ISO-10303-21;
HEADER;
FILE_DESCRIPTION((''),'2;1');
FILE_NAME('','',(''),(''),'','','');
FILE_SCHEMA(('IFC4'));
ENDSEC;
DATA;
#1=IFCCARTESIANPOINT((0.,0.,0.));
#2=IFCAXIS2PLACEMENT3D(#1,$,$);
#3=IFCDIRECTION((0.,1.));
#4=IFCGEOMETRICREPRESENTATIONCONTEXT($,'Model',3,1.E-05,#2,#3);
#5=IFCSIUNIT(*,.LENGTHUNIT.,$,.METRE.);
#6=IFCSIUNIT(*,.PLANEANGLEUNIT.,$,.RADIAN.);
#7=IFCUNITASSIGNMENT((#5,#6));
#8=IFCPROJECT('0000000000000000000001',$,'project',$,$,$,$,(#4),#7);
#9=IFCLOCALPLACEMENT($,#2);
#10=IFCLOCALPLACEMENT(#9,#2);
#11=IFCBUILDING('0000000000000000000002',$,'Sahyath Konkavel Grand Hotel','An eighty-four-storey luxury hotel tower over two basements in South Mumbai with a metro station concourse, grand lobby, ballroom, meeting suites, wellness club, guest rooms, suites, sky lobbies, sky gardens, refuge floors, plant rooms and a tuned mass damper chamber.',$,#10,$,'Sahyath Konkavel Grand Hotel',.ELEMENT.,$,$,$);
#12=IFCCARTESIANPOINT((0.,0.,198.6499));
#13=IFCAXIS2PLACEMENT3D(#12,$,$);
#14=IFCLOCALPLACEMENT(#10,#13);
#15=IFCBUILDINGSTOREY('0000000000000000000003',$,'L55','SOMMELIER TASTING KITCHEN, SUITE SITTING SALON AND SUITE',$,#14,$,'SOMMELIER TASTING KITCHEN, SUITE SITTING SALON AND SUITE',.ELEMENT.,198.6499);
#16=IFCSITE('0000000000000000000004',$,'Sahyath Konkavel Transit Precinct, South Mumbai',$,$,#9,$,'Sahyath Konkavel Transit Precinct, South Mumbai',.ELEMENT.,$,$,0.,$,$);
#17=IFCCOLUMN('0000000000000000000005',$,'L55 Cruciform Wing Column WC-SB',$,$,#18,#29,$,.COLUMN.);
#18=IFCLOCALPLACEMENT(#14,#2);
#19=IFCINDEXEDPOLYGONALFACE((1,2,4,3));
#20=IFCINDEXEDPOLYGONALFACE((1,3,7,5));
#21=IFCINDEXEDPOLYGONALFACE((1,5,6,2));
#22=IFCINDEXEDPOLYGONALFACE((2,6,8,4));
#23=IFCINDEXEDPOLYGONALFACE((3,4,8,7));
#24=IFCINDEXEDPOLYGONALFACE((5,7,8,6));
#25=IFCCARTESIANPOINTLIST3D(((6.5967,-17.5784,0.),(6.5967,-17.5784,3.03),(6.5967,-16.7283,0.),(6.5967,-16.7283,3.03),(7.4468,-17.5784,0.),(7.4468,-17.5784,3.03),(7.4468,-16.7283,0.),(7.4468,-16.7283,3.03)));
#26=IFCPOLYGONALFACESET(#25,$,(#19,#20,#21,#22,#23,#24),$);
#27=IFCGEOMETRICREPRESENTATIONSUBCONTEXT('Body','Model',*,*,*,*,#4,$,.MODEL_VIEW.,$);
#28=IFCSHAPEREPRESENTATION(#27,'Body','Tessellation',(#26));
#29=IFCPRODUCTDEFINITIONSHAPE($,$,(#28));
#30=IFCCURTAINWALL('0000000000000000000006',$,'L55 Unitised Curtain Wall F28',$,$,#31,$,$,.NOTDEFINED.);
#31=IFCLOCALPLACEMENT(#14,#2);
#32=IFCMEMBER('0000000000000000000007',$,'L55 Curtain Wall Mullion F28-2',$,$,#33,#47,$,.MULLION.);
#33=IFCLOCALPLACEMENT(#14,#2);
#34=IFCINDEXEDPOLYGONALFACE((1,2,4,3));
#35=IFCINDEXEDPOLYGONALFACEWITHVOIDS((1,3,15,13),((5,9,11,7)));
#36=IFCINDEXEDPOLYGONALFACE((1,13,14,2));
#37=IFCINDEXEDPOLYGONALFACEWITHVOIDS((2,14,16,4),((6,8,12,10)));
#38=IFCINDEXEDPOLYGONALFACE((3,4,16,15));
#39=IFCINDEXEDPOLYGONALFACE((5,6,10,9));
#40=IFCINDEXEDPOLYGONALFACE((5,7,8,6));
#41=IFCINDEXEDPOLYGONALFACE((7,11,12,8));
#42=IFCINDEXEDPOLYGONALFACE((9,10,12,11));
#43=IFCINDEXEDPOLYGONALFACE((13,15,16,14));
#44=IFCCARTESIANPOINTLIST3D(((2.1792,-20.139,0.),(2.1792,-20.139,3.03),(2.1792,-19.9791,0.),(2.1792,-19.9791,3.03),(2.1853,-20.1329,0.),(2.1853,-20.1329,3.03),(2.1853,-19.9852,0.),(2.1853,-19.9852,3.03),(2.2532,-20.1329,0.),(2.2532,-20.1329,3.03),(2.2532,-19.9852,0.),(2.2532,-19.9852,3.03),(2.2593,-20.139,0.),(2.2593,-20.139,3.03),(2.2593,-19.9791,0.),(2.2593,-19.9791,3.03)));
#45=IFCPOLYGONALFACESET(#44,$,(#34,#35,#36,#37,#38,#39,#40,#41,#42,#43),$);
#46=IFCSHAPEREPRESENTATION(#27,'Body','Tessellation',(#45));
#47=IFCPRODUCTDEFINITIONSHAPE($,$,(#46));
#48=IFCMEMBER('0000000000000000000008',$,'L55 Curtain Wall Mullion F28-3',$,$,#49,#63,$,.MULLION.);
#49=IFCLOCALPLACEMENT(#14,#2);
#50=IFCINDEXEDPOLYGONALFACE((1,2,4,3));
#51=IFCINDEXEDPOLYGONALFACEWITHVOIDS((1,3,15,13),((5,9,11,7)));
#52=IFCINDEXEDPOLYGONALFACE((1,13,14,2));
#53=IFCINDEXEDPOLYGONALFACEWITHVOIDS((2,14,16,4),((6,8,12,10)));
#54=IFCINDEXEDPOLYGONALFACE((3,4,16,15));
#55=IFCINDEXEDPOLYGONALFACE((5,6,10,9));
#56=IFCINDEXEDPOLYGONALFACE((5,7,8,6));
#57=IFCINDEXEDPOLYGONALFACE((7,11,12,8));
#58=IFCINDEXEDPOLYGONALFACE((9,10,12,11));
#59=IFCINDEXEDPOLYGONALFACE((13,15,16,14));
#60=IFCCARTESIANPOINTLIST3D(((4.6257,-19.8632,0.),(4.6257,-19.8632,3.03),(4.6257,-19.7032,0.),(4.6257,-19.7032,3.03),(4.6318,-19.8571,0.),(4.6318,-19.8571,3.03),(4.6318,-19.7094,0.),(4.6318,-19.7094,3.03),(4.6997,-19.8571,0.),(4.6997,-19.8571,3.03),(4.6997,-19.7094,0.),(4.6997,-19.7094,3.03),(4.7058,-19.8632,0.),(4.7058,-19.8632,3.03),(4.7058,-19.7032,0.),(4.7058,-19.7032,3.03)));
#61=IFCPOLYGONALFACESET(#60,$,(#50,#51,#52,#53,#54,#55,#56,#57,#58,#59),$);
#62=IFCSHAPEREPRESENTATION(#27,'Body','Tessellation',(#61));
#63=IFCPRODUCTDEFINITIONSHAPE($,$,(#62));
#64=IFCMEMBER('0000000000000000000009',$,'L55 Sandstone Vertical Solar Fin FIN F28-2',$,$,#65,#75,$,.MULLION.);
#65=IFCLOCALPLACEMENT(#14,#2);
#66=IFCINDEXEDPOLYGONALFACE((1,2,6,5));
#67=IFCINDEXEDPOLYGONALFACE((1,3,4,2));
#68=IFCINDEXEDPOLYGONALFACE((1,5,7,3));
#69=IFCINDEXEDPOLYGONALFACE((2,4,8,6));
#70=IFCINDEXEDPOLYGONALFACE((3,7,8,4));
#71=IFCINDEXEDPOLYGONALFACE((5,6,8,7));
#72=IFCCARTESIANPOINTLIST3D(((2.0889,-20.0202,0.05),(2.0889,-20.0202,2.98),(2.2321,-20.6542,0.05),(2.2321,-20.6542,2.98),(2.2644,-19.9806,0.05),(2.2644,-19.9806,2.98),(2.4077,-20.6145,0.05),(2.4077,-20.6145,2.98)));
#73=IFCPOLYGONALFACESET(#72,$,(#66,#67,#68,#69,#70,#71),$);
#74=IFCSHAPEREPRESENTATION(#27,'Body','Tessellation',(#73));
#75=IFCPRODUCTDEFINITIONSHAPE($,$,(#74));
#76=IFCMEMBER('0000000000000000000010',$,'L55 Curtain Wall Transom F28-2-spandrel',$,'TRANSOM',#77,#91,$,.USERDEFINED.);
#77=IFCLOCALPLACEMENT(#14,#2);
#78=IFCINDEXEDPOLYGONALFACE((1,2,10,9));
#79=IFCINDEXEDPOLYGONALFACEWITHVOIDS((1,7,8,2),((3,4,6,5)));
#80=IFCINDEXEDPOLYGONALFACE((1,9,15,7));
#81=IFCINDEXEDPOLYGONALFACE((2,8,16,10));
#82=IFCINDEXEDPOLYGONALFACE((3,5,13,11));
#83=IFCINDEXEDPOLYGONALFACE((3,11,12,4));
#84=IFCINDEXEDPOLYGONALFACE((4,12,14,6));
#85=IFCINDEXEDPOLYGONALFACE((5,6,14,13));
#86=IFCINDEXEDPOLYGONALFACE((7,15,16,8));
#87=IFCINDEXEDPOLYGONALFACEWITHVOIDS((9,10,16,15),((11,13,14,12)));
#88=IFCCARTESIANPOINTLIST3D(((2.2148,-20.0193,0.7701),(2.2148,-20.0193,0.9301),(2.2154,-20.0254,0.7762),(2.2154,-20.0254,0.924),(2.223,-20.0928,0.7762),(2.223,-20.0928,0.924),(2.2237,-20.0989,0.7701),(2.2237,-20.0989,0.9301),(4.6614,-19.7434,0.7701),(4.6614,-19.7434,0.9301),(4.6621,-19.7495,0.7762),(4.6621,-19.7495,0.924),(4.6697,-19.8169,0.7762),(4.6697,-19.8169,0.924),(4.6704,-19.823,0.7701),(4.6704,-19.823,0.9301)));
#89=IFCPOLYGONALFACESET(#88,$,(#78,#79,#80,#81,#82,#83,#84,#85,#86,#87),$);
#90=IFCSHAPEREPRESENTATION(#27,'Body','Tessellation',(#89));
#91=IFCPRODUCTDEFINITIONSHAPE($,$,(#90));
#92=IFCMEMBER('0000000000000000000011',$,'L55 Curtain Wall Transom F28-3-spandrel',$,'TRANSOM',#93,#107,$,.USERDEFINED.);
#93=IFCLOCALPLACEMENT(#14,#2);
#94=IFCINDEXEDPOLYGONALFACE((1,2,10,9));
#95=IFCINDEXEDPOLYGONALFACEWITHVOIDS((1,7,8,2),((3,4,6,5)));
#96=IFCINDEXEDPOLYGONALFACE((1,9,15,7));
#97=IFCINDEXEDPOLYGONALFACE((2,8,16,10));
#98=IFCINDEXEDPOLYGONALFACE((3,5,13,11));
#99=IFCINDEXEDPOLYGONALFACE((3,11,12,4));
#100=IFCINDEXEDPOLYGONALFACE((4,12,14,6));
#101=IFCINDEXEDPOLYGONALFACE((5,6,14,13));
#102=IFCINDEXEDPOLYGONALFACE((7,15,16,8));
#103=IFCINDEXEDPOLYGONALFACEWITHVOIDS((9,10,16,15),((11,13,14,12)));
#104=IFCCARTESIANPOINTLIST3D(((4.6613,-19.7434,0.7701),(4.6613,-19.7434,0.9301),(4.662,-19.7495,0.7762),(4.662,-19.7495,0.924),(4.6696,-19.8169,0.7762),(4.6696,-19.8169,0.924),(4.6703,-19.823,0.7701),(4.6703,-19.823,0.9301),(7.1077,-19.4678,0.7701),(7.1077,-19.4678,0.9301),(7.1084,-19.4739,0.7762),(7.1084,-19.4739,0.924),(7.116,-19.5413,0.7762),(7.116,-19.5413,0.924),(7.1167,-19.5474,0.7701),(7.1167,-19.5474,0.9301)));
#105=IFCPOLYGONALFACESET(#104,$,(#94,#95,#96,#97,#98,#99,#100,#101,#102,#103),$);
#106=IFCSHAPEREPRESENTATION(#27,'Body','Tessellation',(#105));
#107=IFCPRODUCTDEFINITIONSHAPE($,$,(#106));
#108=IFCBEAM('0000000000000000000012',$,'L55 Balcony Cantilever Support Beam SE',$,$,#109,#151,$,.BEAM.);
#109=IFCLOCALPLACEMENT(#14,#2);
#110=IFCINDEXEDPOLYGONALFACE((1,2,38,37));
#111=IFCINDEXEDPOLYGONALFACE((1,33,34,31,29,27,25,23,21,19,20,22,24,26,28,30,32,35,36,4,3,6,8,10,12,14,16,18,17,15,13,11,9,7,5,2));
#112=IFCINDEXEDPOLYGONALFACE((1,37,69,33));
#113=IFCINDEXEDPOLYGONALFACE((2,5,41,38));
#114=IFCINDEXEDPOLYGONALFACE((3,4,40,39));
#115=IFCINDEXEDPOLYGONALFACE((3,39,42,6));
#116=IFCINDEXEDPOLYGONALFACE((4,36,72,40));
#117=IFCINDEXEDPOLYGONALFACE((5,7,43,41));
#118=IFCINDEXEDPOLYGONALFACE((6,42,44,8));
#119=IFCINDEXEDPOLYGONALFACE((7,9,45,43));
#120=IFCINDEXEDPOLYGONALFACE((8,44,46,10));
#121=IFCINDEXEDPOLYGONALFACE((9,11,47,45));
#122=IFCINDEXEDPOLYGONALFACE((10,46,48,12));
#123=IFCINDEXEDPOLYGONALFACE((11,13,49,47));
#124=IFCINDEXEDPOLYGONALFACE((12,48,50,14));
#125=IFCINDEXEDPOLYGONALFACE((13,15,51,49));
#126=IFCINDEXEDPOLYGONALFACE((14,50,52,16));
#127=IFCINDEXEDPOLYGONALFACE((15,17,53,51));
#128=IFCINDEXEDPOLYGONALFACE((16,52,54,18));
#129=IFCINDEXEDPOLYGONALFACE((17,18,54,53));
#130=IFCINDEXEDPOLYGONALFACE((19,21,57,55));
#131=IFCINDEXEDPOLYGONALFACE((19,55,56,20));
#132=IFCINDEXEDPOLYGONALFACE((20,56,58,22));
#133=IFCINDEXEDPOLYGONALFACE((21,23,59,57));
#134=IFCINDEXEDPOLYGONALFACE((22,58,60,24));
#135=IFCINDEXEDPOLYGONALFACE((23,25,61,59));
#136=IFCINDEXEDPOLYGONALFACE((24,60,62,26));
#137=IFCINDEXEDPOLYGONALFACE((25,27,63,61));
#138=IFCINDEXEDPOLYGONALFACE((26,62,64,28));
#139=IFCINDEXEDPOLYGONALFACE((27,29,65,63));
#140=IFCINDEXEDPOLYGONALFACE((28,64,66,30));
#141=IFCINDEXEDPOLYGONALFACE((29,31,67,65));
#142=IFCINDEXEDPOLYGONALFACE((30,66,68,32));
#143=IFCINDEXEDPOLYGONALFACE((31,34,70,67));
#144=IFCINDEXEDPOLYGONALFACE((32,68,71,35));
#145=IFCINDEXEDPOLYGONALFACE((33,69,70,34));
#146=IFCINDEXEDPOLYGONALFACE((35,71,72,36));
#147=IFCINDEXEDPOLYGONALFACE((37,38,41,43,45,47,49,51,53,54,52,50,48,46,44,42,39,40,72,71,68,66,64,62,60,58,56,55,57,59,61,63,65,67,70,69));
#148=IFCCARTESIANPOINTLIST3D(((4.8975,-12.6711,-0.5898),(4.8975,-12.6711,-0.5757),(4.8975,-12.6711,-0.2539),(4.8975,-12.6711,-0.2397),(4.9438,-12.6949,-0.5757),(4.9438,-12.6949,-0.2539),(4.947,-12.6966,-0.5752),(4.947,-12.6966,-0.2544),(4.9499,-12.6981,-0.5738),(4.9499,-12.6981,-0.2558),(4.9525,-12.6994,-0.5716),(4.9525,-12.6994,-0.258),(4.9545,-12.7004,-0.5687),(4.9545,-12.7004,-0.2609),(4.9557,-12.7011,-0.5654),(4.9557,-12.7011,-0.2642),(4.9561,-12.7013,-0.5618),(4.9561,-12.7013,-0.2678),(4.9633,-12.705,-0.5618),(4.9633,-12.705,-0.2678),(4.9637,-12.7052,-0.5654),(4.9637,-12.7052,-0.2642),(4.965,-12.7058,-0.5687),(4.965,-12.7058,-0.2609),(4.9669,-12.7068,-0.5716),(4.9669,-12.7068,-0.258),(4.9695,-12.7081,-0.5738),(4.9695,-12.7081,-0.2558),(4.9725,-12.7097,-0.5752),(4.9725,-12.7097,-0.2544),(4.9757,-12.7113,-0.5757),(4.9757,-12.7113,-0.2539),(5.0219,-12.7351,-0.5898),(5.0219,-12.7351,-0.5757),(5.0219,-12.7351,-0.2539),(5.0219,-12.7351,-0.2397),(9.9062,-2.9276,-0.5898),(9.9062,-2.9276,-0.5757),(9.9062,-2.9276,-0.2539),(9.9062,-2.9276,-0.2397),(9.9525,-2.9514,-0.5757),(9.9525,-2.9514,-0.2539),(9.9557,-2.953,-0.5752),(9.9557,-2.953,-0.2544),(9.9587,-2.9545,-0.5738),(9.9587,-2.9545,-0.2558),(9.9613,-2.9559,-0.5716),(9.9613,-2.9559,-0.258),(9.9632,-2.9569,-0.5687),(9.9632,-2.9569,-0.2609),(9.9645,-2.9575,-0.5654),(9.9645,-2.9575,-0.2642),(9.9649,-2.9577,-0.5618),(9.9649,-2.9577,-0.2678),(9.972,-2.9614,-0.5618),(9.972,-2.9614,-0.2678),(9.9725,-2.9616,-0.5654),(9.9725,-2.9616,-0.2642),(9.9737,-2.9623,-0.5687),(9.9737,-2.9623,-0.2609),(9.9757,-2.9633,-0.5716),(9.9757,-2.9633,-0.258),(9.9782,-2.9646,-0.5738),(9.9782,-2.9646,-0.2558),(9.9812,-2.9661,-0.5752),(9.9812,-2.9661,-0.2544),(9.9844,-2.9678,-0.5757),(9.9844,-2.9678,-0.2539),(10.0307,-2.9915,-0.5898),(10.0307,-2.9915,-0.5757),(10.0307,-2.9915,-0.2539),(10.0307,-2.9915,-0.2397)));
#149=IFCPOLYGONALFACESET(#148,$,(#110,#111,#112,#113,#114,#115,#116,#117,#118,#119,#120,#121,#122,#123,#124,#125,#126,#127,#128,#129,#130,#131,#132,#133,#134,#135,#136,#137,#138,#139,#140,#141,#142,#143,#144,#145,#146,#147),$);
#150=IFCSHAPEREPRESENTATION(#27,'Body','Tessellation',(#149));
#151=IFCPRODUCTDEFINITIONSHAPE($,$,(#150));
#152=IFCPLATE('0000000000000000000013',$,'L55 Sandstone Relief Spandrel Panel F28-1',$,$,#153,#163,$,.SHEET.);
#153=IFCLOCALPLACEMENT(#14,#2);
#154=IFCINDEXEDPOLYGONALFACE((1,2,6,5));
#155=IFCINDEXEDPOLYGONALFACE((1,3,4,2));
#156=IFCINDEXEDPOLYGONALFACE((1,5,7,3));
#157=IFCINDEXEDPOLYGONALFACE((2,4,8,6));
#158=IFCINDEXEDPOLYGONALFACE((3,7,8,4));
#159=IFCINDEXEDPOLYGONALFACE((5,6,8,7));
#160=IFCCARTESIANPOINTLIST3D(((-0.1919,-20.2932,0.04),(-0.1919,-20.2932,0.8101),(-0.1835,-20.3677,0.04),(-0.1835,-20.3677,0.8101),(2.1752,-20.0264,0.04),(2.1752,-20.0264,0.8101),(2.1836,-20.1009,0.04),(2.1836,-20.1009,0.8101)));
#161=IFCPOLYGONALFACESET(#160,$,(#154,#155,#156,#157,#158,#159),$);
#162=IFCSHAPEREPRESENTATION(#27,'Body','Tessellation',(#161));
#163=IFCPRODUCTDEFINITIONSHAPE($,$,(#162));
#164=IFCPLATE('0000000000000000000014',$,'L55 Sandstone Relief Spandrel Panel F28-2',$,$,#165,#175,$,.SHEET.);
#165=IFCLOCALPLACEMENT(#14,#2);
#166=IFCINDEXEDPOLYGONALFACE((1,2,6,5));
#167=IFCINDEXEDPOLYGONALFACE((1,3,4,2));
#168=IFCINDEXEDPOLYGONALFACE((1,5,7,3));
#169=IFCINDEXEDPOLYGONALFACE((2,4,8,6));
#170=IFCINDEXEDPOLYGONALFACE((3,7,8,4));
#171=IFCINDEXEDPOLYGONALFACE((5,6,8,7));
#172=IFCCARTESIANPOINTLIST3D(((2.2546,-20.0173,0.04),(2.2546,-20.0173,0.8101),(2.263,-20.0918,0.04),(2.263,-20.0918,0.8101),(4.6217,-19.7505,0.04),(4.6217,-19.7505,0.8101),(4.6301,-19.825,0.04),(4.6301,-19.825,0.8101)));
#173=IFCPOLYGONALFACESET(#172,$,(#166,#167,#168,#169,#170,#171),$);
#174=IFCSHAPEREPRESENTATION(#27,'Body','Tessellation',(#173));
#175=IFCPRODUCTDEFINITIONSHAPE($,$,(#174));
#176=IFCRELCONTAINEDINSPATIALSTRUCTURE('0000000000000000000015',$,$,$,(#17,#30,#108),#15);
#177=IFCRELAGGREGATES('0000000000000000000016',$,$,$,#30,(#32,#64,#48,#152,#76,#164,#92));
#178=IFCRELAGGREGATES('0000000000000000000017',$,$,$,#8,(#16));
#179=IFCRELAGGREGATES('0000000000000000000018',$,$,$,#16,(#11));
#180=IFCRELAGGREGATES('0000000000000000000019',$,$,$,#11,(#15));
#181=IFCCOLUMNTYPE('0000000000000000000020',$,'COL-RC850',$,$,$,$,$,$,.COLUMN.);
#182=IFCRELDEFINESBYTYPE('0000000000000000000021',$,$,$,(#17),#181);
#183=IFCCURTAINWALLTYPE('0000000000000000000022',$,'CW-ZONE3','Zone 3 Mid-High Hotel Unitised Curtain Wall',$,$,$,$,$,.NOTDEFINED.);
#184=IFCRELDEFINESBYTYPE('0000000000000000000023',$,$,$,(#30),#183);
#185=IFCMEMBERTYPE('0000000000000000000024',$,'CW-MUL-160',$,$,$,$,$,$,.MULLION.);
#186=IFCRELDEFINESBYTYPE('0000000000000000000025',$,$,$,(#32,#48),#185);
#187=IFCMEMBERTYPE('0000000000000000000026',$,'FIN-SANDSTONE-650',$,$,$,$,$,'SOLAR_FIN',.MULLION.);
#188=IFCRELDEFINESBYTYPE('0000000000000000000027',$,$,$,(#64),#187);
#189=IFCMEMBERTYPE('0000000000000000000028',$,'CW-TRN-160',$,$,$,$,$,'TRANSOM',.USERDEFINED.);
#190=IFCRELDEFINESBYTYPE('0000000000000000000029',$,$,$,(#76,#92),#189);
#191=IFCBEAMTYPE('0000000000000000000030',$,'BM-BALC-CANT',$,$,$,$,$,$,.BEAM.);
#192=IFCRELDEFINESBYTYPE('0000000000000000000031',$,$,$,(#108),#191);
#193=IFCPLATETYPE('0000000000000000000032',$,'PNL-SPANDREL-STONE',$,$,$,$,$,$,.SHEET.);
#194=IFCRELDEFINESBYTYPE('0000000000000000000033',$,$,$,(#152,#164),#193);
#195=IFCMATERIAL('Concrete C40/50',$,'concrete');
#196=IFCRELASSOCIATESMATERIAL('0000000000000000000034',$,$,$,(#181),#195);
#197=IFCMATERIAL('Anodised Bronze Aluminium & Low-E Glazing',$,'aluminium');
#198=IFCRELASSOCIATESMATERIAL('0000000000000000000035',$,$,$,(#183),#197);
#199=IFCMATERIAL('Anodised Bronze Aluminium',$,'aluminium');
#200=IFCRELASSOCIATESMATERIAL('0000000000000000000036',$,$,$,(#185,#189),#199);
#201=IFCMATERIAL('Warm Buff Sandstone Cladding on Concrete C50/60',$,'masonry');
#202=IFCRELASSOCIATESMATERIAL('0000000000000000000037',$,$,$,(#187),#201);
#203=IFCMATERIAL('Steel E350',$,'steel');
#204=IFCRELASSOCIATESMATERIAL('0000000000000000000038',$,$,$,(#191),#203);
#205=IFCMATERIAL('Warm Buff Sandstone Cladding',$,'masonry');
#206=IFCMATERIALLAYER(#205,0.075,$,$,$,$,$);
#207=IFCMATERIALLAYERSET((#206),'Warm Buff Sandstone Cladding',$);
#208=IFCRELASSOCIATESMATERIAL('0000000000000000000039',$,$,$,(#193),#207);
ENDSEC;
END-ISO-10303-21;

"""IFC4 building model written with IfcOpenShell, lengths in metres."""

from ifc_helpers import new_model, si_unit, direction, frame, origin, origin_2d, place, context, subcontext, project, spatial, rectangle, hollow_rectangle, i_section, extrude, source, transform, mapped, material, layer, layer_set, material_profile, profile_set, type_object, element, aggregate, save


model = new_model("IFC4")

# Units and contexts
model_context = context("Model", 3, precision=1e-05, world=origin(), true_north=direction((0.0, 1.0)))
body_context = subcontext(model_context, "Body", "Model", "MODEL_VIEW")
ifc_project = project(units=[si_unit("LENGTHUNIT", "METRE"), si_unit("PLANEANGLEUNIT", "RADIAN")], contexts=[model_context])

# Site, building, storey
site_placement = place(None, origin())
site = spatial("IfcSite", under=ifc_project, at=site_placement, Name="Sahyath Konkavel Transit Precinct, South Mumbai", LongName="Sahyath Konkavel Transit Precinct, South Mumbai", CompositionType="ELEMENT", RefElevation=0.0)
building_placement = place(site_placement, origin())
building = spatial("IfcBuilding", under=site, at=building_placement, Name="Sahyath Konkavel Grand Hotel", Description="An eighty-four-storey luxury hotel tower over two basements in South Mumbai with a metro station concourse, grand lobby, ballroom, meeting suites, wellness club, guest rooms, suites, sky lobbies, sky gardens, refuge floors, plant rooms and a tuned mass damper chamber.", LongName="Sahyath Konkavel Grand Hotel", CompositionType="ELEMENT")
storey_placement = place(building_placement, frame((0.0, 0.0, 198.6499)))
storey = spatial("IfcBuildingStorey", under=building, at=storey_placement, Name="L55", Description="SOMMELIER TASTING KITCHEN, SUITE SITTING SALON AND SUITE", LongName="SOMMELIER TASTING KITCHEN, SUITE SITTING SALON AND SUITE", CompositionType="ELEMENT", Elevation=198.6499)

# Column
ifc_material_1 = material(Name="Concrete C40/50", Category="concrete")
ifc_material_profile_1 = material_profile(ifc_material_1, rectangle(XDim=0.8501, YDim=0.8501, at=origin_2d()), Name="RC 850x850")
ifc_profile_set_1 = profile_set([ifc_material_profile_1], Name="Concrete C40/50")
column_type = type_object("IfcColumnType", Name="COL-RC850", PredefinedType="COLUMN", material=ifc_profile_set_1)
shared_shape_1 = source(origin(), body_context, "Body", "SweptSolid", [
    extrude(rectangle(XDim=0.8501, YDim=0.8501, at=origin_2d()), origin(), (0.0, 0.0, 1.0), 3.03),
])
column_placement = place(storey_placement, frame((7.0217, -17.1533, 0.0), z_axis=(0.0, 0.0, 1.0), x_axis=(1.0, 0.0, 0.0)))
element("IfcColumn", 1, at=column_placement, inside=storey, type_object=column_type, Name="L55 Cruciform Wing Column WC-SB", PredefinedType="COLUMN", context=body_context, shape_type="MappedRepresentation", body=[
    mapped(shared_shape_1, transform((0.0, 0.0, 0.0), scale=1.0)),
])

# Curtain wall, members
ifc_material_2 = material(Name="Anodised Bronze Aluminium & Low-E Glazing", Category="aluminium")
curtain_wall_type = type_object("IfcCurtainWallType", Name="CW-ZONE3", Description="Zone 3 Mid-High Hotel Unitised Curtain Wall", PredefinedType="NOTDEFINED", material=ifc_material_2)
curtain_wall_placement = place(storey_placement, origin())
curtain_wall = element("IfcCurtainWall", 2, at=curtain_wall_placement, inside=storey, type_object=curtain_wall_type, Name="L55 Unitised Curtain Wall F28", PredefinedType="NOTDEFINED")
ifc_material_3 = material(Name="Anodised Bronze Aluminium", Category="aluminium")
ifc_material_profile_2 = material_profile(ifc_material_3, hollow_rectangle(XDim=0.0801, YDim=0.1599, WallThickness=0.0061, at=origin_2d()), Name="RHS 160x80x6")
ifc_profile_set_2 = profile_set([ifc_material_profile_2], Name="Anodised Bronze Aluminium")
member_type_1 = type_object("IfcMemberType", Name="CW-MUL-160", PredefinedType="MULLION", material=ifc_profile_set_2)
shared_shape_2 = source(origin(), body_context, "Body", "SweptSolid", [
    extrude(hollow_rectangle(XDim=0.0801, YDim=0.1599, WallThickness=0.0061, at=origin_2d()), origin(), (0.0, 0.0, 1.0), 3.03),
])
member_1_placement = place(storey_placement, frame((2.2192, -20.0591, 0.0), z_axis=(0.0, 0.0, 1.0), x_axis=(1.0, 0.0, 0.0)))
member_1 = element("IfcMember", 3, at=member_1_placement, type_object=member_type_1, Name="L55 Curtain Wall Mullion F28-2", PredefinedType="MULLION", context=body_context, shape_type="MappedRepresentation", body=[
    mapped(shared_shape_2, transform((0.0, 0.0, 0.0), scale=1.0)),
])
member_2_placement = place(storey_placement, frame((4.6658, -19.7832, 0.0), z_axis=(0.0, 0.0, 1.0), x_axis=(1.0, 0.0, 0.0)))
member_2 = element("IfcMember", 4, at=member_2_placement, type_object=member_type_1, Name="L55 Curtain Wall Mullion F28-3", PredefinedType="MULLION", context=body_context, shape_type="MappedRepresentation", body=[
    mapped(shared_shape_2, transform((0.0, 0.0, 0.0), scale=1.0)),
])
ifc_material_4 = material(Name="Warm Buff Sandstone Cladding on Concrete C50/60", Category="masonry")
ifc_material_profile_3 = material_profile(ifc_material_4, rectangle(XDim=0.1799, YDim=0.6499, at=origin_2d()), Name="FIN 180x650")
ifc_profile_set_3 = profile_set([ifc_material_profile_3], Name="Warm Buff Sandstone Cladding on Concrete C50/60")
member_type_2 = type_object("IfcMemberType", Name="FIN-SANDSTONE-650", ElementType="SOLAR_FIN", PredefinedType="MULLION", material=ifc_profile_set_3)
shared_shape_3 = source(origin(), body_context, "Body", "SweptSolid", [
    extrude(rectangle(XDim=0.1799, YDim=0.6499, at=origin_2d()), origin(), (0.0, 0.0, 1.0), 2.9299),
])
member_3_placement = place(storey_placement, frame((2.2483, -20.3174, 0.05), z_axis=(0.0, 0.0, 1.0), x_axis=(0.975419, 0.220357, 0.0)))
member_3 = element("IfcMember", 5, at=member_3_placement, type_object=member_type_2, Name="L55 Sandstone Vertical Solar Fin FIN F28-2", PredefinedType="MULLION", context=body_context, shape_type="MappedRepresentation", body=[
    mapped(shared_shape_3, transform((0.0, 0.0, 0.0), scale=1.0)),
])
ifc_material_profile_4 = material_profile(ifc_material_3, hollow_rectangle(XDim=0.0801, YDim=0.1599, WallThickness=0.0061, at=origin_2d()), Name="RHS 160x80x6")
ifc_profile_set_4 = profile_set([ifc_material_profile_4], Name="Anodised Bronze Aluminium")
member_type_3 = type_object("IfcMemberType", Name="CW-TRN-160", ElementType="TRANSOM", PredefinedType="USERDEFINED", material=ifc_profile_set_4)
shared_shape_4 = source(origin(), body_context, "Body", "SweptSolid", [
    extrude(hollow_rectangle(XDim=0.0801, YDim=0.1599, WallThickness=0.0061, at=origin_2d()), origin(), (0.0, 0.0, 1.0), 2.4622),
])
member_4_placement = place(storey_placement, frame((2.2192, -20.0591, 0.8501), z_axis=(0.993702, 0.112053, 0.0), x_axis=(-0.112053, 0.993702, 0.0)))
member_4 = element("IfcMember", 6, at=member_4_placement, type_object=member_type_3, Name="L55 Curtain Wall Transom F28-2-spandrel", ObjectType="TRANSOM", PredefinedType="USERDEFINED", context=body_context, shape_type="MappedRepresentation", body=[
    mapped(shared_shape_4, transform((0.0, 0.0, 0.0), scale=1.0)),
])
shared_shape_5 = source(origin(), body_context, "Body", "SweptSolid", [
    extrude(hollow_rectangle(XDim=0.0801, YDim=0.1599, WallThickness=0.0061, at=origin_2d()), origin(), (0.0, 0.0, 1.0), 2.4619),
])
member_5_placement = place(storey_placement, frame((4.6658, -19.7832, 0.8501), z_axis=(0.993713, 0.111955, 0.0), x_axis=(-0.111955, 0.993713, 0.0)))
member_5 = element("IfcMember", 7, at=member_5_placement, type_object=member_type_3, Name="L55 Curtain Wall Transom F28-3-spandrel", ObjectType="TRANSOM", PredefinedType="USERDEFINED", context=body_context, shape_type="MappedRepresentation", body=[
    mapped(shared_shape_5, transform((0.0, 0.0, 0.0), scale=1.0)),
])

# Beam
ifc_material_5 = material(Name="Steel E350", Category="steel")
ifc_material_profile_5 = material_profile(ifc_material_5, i_section(OverallWidth=0.1399, OverallDepth=0.3501, WebThickness=0.0081, FlangeThickness=0.0142, FilletRadius=0.0139, at=origin_2d()), Name="ISMB 350")
ifc_profile_set_5 = profile_set([ifc_material_profile_5], Name="Steel E350")
beam_type = type_object("IfcBeamType", Name="BM-BALC-CANT", PredefinedType="BEAM", material=ifc_profile_set_5)
shared_shape_6 = source(origin(), body_context, "Body", "SweptSolid", [
    extrude(i_section(OverallWidth=0.1399, OverallDepth=0.3501, WebThickness=0.0081, FlangeThickness=0.0142, FilletRadius=0.0139, at=origin_2d()), origin(), (0.0, 0.0, 1.0), 10.9556),
])
beam_placement = place(storey_placement, frame((4.9597, -12.7031, -0.4148), z_axis=(0.457187, 0.889371, 0.0), x_axis=(-0.889371, 0.457187, 0.0)))
element("IfcBeam", 8, at=beam_placement, inside=storey, type_object=beam_type, Name="L55 Balcony Cantilever Support Beam SE", PredefinedType="BEAM", context=body_context, shape_type="MappedRepresentation", body=[
    mapped(shared_shape_6, transform((0.0, 0.0, 0.0), scale=1.0)),
])

# Plates
ifc_material_6 = material(Name="Warm Buff Sandstone Cladding", Category="masonry")
ifc_layer_1 = layer(ifc_material_6, 0.075)
ifc_layer_set_1 = layer_set([ifc_layer_1], Name="Warm Buff Sandstone Cladding")
plate_type_1 = type_object("IfcPlateType", Name="PNL-SPANDREL-STONE", PredefinedType="SHEET", material=ifc_layer_set_1)
shared_shape_7 = source(origin(), body_context, "Body", "SweptSolid", [
    extrude(rectangle(XDim=2.3821, YDim=0.075, at=origin_2d()), origin(), (0.0, 0.0, 1.0), 0.77),
])
plate_1_placement = place(storey_placement, frame((0.9958, -20.197, 0.04), z_axis=(0.0, 0.0, 1.0), x_axis=(0.993707, 0.112007, 0.0)))
plate_1 = element("IfcPlate", 9, at=plate_1_placement, type_object=plate_type_1, Name="L55 Sandstone Relief Spandrel Panel F28-1", PredefinedType="SHEET", context=body_context, shape_type="MappedRepresentation", body=[
    mapped(shared_shape_7, transform((0.0, 0.0, 0.0), scale=1.0)),
])
plate_2_placement = place(storey_placement, frame((3.4424, -19.9211, 0.04), z_axis=(0.0, 0.0, 1.0), x_axis=(0.993707, 0.112007, 0.0)))
plate_2 = element("IfcPlate", 10, at=plate_2_placement, type_object=plate_type_1, Name="L55 Sandstone Relief Spandrel Panel F28-2", PredefinedType="SHEET", context=body_context, shape_type="MappedRepresentation", body=[
    mapped(shared_shape_7, transform((0.0, 0.0, 0.0), scale=1.0)),
])
aggregate(curtain_wall, [member_1, member_3, member_2, plate_1, member_4, plate_2, member_5])

save(model, "model.ifc")
